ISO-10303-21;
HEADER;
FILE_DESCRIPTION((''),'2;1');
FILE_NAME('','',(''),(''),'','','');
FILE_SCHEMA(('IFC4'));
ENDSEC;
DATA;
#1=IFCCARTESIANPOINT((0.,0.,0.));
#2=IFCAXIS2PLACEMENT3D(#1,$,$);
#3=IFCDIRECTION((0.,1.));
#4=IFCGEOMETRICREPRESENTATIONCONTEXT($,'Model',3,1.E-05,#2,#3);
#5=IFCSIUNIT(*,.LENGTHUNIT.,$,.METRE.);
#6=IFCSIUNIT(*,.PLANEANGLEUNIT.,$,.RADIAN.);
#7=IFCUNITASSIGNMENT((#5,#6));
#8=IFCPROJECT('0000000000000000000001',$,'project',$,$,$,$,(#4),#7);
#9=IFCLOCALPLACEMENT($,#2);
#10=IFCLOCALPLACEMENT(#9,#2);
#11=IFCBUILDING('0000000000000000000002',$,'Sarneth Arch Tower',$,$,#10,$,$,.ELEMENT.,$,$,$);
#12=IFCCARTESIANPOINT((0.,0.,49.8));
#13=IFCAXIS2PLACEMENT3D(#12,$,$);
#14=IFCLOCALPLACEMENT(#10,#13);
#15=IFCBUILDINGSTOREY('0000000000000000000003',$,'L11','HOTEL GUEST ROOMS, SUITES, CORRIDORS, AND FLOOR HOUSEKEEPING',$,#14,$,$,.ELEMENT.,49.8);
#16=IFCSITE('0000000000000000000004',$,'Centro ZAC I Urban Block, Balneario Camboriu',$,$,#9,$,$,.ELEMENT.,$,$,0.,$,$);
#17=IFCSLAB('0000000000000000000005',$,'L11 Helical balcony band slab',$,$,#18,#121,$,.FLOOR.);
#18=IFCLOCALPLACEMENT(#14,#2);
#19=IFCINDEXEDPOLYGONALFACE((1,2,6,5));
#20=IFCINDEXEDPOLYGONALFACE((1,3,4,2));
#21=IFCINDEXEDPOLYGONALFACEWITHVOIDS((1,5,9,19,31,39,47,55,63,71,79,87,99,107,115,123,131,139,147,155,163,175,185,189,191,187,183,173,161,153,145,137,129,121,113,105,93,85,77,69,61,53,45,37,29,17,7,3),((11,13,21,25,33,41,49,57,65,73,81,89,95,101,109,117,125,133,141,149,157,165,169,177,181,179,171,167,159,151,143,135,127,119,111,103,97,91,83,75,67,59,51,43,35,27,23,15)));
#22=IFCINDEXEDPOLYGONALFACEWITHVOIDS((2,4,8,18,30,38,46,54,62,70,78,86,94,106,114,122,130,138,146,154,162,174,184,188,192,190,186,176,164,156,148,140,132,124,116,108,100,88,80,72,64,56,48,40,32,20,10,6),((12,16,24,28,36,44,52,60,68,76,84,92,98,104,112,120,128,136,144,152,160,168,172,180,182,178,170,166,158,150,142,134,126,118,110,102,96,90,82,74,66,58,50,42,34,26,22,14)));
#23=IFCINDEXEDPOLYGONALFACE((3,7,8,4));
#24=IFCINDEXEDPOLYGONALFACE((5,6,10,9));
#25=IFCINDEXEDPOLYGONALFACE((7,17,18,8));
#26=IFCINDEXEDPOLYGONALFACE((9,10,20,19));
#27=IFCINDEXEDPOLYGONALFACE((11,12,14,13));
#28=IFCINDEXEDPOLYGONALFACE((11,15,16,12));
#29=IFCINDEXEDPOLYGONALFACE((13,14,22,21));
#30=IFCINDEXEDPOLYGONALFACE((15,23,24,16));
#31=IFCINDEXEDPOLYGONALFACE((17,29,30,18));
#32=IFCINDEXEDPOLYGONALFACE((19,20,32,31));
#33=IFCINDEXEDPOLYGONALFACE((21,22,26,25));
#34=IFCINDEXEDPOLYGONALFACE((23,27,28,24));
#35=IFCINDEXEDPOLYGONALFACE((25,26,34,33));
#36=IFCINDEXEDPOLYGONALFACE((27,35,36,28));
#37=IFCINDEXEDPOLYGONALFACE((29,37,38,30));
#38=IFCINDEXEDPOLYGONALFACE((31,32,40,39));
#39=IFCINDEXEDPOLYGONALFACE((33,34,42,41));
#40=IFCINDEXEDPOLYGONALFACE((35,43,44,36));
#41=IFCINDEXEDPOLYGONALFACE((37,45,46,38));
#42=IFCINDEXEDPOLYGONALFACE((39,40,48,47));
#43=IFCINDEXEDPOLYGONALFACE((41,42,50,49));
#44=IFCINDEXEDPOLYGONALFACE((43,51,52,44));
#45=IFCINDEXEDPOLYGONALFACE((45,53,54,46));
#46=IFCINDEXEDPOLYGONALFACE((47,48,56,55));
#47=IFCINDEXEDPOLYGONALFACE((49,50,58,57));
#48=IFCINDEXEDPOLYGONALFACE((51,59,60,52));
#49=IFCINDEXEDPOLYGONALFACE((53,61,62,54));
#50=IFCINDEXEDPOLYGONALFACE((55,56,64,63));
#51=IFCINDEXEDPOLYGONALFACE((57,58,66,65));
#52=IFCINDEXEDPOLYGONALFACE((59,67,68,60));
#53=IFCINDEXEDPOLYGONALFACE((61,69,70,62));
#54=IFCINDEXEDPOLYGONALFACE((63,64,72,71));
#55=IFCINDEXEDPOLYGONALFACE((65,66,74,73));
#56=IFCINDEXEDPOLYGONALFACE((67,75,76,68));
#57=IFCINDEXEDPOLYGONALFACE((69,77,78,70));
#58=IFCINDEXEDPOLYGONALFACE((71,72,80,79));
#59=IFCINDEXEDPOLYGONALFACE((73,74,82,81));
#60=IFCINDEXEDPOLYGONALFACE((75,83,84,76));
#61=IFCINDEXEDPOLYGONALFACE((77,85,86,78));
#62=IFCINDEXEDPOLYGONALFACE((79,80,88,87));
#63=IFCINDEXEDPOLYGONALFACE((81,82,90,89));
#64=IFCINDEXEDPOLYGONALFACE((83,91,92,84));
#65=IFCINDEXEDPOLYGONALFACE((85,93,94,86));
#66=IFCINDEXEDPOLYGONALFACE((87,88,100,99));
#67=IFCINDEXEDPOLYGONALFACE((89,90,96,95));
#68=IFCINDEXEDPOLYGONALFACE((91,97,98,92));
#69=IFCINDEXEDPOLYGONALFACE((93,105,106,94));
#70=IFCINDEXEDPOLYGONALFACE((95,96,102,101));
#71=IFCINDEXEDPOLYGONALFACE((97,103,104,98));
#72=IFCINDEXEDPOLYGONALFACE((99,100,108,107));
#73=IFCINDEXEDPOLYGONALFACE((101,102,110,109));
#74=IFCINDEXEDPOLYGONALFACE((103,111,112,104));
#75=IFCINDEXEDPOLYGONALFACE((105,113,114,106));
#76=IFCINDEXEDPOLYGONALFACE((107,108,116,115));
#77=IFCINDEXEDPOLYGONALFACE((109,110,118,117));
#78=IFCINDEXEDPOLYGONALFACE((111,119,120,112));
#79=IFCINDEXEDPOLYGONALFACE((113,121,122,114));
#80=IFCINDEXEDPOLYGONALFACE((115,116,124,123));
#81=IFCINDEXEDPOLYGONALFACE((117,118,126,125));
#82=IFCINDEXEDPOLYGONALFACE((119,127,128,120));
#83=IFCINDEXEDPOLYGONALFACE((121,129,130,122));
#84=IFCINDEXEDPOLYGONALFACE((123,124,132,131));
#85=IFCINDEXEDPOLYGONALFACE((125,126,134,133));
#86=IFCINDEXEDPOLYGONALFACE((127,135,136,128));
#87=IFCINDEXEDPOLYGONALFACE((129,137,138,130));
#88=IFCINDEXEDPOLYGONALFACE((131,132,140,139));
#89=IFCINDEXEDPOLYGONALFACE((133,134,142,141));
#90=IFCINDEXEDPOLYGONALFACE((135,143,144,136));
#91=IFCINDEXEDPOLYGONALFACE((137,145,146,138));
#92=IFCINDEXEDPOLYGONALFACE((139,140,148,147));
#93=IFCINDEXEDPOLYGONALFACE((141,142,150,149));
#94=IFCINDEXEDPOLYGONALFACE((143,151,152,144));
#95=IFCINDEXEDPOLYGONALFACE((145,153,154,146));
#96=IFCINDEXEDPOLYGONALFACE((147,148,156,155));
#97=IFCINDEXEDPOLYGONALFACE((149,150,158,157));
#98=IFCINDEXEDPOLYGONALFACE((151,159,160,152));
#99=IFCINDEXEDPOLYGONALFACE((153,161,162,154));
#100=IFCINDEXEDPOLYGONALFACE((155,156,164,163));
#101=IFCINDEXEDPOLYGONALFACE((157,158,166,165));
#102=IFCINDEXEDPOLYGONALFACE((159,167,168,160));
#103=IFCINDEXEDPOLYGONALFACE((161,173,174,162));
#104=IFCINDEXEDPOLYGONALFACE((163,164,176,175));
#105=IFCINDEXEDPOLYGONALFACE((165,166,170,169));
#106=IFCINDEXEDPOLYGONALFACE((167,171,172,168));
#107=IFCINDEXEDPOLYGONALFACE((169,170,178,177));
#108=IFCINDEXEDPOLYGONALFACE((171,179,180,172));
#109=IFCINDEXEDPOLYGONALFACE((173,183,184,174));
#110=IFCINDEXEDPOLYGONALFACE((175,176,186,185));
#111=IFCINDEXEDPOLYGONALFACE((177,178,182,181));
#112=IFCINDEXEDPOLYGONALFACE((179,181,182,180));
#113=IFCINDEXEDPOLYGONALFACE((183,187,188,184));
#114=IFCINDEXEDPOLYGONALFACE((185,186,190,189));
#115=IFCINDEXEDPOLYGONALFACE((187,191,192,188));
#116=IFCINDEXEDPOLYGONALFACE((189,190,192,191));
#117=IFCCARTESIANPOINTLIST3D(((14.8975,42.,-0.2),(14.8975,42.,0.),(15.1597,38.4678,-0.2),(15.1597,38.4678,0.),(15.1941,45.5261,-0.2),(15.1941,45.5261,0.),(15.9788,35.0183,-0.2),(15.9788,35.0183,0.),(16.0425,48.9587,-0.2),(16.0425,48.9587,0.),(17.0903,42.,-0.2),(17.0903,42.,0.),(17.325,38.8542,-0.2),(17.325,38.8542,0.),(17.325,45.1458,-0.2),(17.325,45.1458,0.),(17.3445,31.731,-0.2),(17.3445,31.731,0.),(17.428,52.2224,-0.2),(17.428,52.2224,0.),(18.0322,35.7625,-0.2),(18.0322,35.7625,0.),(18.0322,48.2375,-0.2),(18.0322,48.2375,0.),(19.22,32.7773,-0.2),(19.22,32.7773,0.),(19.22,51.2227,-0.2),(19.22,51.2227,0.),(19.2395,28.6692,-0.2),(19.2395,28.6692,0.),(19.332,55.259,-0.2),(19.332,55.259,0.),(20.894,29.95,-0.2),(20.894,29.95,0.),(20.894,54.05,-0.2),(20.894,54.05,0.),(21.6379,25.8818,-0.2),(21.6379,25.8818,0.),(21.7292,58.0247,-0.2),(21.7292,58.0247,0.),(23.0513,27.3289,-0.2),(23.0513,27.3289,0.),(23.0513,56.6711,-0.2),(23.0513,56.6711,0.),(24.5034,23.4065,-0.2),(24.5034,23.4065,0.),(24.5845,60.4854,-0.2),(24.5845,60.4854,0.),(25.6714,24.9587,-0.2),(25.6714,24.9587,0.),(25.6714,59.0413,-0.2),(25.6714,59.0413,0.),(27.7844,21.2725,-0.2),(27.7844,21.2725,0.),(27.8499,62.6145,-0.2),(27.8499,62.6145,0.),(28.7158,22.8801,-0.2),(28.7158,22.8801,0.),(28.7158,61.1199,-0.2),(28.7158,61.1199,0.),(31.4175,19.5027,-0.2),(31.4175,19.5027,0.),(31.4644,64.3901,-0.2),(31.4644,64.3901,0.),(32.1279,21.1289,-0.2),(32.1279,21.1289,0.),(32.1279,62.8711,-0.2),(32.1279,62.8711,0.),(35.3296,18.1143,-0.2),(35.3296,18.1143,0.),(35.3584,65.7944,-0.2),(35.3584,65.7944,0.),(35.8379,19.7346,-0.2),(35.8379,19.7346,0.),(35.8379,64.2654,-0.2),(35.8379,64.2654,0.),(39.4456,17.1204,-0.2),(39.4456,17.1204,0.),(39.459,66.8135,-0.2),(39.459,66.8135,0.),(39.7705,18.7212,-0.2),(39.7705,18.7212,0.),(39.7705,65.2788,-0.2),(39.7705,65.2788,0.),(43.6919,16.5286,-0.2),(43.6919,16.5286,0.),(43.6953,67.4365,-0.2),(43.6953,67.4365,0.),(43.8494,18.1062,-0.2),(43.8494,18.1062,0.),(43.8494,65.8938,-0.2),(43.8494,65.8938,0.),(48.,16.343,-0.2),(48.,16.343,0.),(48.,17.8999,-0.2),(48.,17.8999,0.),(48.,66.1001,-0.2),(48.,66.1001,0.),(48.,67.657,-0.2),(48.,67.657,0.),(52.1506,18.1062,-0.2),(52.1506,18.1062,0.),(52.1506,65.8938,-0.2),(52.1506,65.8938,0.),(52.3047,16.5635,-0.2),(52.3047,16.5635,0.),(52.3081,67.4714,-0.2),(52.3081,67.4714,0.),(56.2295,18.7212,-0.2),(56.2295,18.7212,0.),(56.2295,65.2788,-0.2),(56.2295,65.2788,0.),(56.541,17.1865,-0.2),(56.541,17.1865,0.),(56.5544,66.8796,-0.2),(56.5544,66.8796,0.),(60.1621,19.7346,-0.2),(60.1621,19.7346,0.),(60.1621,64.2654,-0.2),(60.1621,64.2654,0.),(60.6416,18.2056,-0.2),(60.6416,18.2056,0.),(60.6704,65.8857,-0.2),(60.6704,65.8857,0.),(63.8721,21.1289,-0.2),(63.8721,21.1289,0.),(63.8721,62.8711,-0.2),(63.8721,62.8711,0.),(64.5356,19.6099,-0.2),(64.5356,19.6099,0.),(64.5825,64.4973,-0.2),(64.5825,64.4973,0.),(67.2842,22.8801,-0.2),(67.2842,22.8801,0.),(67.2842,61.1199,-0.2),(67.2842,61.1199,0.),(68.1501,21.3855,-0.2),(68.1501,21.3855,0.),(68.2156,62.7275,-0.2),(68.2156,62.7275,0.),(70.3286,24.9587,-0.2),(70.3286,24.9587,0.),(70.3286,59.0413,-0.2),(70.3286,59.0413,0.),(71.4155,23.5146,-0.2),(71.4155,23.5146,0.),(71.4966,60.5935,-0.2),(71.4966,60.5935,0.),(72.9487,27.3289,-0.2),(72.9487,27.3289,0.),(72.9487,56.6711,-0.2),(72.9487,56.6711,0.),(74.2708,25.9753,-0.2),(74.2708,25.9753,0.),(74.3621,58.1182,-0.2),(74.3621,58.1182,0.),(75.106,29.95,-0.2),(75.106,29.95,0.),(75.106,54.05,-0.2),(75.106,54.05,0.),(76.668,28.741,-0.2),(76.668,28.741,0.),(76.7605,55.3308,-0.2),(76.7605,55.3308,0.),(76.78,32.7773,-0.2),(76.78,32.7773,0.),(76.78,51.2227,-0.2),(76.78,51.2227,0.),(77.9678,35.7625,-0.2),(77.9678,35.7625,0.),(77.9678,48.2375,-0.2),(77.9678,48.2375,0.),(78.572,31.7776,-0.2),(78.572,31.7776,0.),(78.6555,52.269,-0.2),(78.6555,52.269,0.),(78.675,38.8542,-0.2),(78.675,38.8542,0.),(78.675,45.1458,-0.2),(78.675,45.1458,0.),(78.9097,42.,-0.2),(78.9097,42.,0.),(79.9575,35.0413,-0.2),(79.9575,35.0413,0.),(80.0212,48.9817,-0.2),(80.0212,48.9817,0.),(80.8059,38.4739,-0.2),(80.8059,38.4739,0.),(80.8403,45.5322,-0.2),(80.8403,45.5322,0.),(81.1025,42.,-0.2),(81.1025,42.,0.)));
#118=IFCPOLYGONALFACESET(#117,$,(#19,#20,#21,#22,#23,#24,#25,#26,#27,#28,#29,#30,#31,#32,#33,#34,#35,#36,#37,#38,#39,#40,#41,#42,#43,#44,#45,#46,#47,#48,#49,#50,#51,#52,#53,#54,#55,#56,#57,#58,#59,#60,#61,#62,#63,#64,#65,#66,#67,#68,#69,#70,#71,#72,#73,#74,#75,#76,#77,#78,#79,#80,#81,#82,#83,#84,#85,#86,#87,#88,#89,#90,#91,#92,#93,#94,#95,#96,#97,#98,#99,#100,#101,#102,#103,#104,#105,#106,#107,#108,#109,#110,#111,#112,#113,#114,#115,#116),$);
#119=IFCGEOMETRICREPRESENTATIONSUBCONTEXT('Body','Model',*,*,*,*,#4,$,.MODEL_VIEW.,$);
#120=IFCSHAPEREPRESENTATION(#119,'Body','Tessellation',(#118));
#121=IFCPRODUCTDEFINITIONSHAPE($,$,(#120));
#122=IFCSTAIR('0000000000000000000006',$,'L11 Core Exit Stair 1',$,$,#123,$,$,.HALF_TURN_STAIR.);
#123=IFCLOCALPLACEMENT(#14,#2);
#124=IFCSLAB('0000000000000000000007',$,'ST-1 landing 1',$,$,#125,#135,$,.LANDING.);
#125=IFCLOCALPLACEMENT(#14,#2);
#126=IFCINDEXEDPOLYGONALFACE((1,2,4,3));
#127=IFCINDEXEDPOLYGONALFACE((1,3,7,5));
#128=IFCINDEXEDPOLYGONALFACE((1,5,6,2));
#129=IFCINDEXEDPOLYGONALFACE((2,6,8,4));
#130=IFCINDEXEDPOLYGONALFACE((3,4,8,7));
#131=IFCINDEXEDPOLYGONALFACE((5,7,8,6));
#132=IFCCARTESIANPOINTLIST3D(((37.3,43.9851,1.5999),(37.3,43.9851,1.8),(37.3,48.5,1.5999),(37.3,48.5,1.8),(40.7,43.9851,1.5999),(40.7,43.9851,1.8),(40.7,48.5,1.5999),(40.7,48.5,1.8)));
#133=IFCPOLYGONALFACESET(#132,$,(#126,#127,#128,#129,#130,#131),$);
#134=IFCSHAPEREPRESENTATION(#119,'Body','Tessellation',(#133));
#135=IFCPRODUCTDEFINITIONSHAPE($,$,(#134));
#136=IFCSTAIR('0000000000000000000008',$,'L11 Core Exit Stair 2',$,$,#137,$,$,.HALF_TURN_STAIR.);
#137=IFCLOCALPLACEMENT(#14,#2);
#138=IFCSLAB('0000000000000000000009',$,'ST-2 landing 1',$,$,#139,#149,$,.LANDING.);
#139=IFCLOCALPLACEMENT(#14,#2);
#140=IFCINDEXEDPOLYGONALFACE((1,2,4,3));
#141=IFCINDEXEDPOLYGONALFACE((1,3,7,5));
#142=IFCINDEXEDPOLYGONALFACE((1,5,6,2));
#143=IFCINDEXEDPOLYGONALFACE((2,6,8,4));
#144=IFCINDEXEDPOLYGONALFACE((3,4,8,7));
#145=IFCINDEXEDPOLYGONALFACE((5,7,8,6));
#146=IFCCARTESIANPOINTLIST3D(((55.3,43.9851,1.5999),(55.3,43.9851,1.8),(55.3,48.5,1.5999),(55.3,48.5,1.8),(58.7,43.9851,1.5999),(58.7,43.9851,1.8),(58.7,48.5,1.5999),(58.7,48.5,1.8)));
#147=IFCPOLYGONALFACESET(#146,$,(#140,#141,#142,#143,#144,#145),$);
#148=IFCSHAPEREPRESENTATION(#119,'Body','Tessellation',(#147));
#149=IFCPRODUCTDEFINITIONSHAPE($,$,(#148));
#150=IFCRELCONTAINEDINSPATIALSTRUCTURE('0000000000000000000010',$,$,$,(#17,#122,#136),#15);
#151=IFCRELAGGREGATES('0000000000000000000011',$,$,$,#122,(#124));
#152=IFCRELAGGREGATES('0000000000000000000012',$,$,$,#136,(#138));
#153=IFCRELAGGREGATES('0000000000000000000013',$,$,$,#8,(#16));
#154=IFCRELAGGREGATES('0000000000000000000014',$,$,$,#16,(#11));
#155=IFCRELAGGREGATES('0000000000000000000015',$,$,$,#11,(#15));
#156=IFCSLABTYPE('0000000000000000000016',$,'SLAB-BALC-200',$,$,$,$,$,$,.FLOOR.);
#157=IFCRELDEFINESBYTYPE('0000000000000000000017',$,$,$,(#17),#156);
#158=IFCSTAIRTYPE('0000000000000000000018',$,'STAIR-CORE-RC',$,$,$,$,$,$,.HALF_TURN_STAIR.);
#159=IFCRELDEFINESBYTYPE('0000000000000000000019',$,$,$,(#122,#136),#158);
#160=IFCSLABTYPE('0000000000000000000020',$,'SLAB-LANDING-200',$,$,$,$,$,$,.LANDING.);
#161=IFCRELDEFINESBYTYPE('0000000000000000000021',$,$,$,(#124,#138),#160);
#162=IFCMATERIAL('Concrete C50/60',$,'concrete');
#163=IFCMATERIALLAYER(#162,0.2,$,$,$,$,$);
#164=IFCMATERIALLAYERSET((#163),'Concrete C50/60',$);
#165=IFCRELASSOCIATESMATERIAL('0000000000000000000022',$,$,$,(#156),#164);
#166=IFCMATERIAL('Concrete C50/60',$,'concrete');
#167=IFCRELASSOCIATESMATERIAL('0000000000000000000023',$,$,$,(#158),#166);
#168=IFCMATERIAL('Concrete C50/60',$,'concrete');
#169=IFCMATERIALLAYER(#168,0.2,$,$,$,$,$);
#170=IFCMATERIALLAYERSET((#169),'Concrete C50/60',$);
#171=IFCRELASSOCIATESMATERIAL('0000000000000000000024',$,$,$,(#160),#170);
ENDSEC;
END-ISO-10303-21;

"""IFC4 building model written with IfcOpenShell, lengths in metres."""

from ifc_helpers import new_model, si_unit, direction, frame, origin, place, context, subcontext, project, spatial, polyline, outline, extrude, material, layer, layer_set, type_object, element, aggregate, save


model = new_model("IFC4")

# Units and contexts
model_context = context("Model", 3, precision=1e-05, world=origin(), true_north=direction((0.0, 1.0)))
body_context = subcontext(model_context, "Body", "Model", "MODEL_VIEW")
ifc_project = project(units=[si_unit("LENGTHUNIT", "METRE"), si_unit("PLANEANGLEUNIT", "RADIAN")], contexts=[model_context])

# Site, building, storey
site_placement = place(None, origin())
site = spatial("IfcSite", under=ifc_project, at=site_placement, Name="Centro ZAC I Urban Block, Balneario Camboriu", CompositionType="ELEMENT", RefElevation=0.0)
building_placement = place(site_placement, origin())
building = spatial("IfcBuilding", under=site, at=building_placement, Name="Sarneth Arch Tower", CompositionType="ELEMENT")
storey_placement = place(building_placement, frame((0.0, 0.0, 49.8)))
storey = spatial("IfcBuildingStorey", under=building, at=storey_placement, Name="L11", Description="HOTEL GUEST ROOMS, SUITES, CORRIDORS, AND FLOOR HOUSEKEEPING", CompositionType="ELEMENT", Elevation=49.8)

# Slab
ifc_material_1 = material(Name="Concrete C50/60", Category="concrete")
ifc_layer_1 = layer(ifc_material_1, 0.2)
ifc_layer_set_1 = layer_set([ifc_layer_1], Name="Concrete C50/60")
slab_type_1 = type_object("IfcSlabType", Name="SLAB-BALC-200", PredefinedType="FLOOR", material=ifc_layer_set_1)
slab_1_placement = place(storey_placement, frame((0.0, 0.0, -0.2)))
element("IfcSlab", 1, at=slab_1_placement, inside=storey, type_object=slab_type_1, Name="L11 Helical balcony band slab", PredefinedType="FLOOR", context=body_context, shape_type="SweptSolid", body=[
    extrude(outline(polyline([(81.1025, 42.0), (80.8403, 45.5322), (80.0212, 48.9817), (78.6555, 52.269), (76.7605, 55.3308), (74.3621, 58.1182), (71.4966, 60.5935), (68.2156, 62.7275), (64.5825, 64.4973), (60.6704, 65.8857), (56.5544, 66.8796), (52.3081, 67.4714), (48.0, 67.657), (43.6953, 67.4365), (39.459, 66.8135), (35.3584, 65.7944), (31.4644, 64.3901), (27.8499, 62.6145), (24.5845, 60.4854), (21.7292, 58.0247), (19.332, 55.259), (17.428, 52.2224), (16.0425, 48.9587), (15.1941, 45.5261), (14.8975, 42.0), (15.1597, 38.4678), (15.9788, 35.0183), (17.3445, 31.731), (19.2395, 28.6692), (21.6379, 25.8818), (24.5034, 23.4065), (27.7844, 21.2725), (31.4175, 19.5027), (35.3296, 18.1143), (39.4456, 17.1204), (43.6919, 16.5286), (48.0, 16.343), (52.3047, 16.5635), (56.541, 17.1865), (60.6416, 18.2056), (64.5356, 19.6099), (68.1501, 21.3855), (71.4155, 23.5146), (74.2708, 25.9753), (76.668, 28.741), (78.572, 31.7776), (79.9575, 35.0413), (80.8059, 38.4739), (81.1025, 42.0)]), holes=[polyline([(78.9097, 42.0), (78.675, 45.1458), (77.9678, 48.2375), (76.78, 51.2227), (75.106, 54.05), (72.9487, 56.6711), (70.3286, 59.0413), (67.2842, 61.1199), (63.8721, 62.8711), (60.1621, 64.2654), (56.2295, 65.2788), (52.1506, 65.8938), (48.0, 66.1001), (43.8494, 65.8938), (39.7705, 65.2788), (35.8379, 64.2654), (32.1279, 62.8711), (28.7158, 61.1199), (25.6714, 59.0413), (23.0513, 56.6711), (20.894, 54.05), (19.22, 51.2227), (18.0322, 48.2375), (17.325, 45.1458), (17.0903, 42.0), (17.325, 38.8542), (18.0322, 35.7625), (19.22, 32.7773), (20.894, 29.95), (23.0513, 27.3289), (25.6714, 24.9587), (28.7158, 22.8801), (32.1279, 21.1289), (35.8379, 19.7346), (39.7705, 18.7212), (43.8494, 18.1062), (48.0, 17.8999), (52.1506, 18.1062), (56.2295, 18.7212), (60.1621, 19.7346), (63.8721, 21.1289), (67.2842, 22.8801), (70.3286, 24.9587), (72.9487, 27.3289), (75.106, 29.95), (76.78, 32.7773), (77.9678, 35.7625), (78.675, 38.8542), (78.9097, 42.0)])]), origin(), (0.0, 0.0, 1.0), 0.2),
])

# Stairs, slabs
ifc_material_2 = material(Name="Concrete C50/60", Category="concrete")
stair_type = type_object("IfcStairType", Name="STAIR-CORE-RC", PredefinedType="HALF_TURN_STAIR", material=ifc_material_2)
stair_1_placement = place(storey_placement, origin())
stair_1 = element("IfcStair", 2, at=stair_1_placement, inside=storey, type_object=stair_type, Name="L11 Core Exit Stair 1", PredefinedType="HALF_TURN_STAIR")
ifc_material_3 = material(Name="Concrete C50/60", Category="concrete")
ifc_layer_2 = layer(ifc_material_3, 0.2)
ifc_layer_set_2 = layer_set([ifc_layer_2], Name="Concrete C50/60")
slab_type_2 = type_object("IfcSlabType", Name="SLAB-LANDING-200", PredefinedType="LANDING", material=ifc_layer_set_2)
slab_2_placement = place(storey_placement, frame((0.0, 0.0, 1.5999)))
slab_2 = element("IfcSlab", 3, at=slab_2_placement, type_object=slab_type_2, Name="ST-1 landing 1", PredefinedType="LANDING", context=body_context, shape_type="SweptSolid", body=[
    extrude(outline(polyline([(37.3, 43.9851), (40.7, 43.9851), (40.7, 48.5), (37.3, 48.5), (37.3, 43.9851)])), origin(), (0.0, 0.0, 1.0), 0.2002),
])
aggregate(stair_1, [slab_2])
stair_2_placement = place(storey_placement, origin())
stair_2 = element("IfcStair", 4, at=stair_2_placement, inside=storey, type_object=stair_type, Name="L11 Core Exit Stair 2", PredefinedType="HALF_TURN_STAIR")
slab_3_placement = place(storey_placement, frame((0.0, 0.0, 1.5999)))
slab_3 = element("IfcSlab", 5, at=slab_3_placement, type_object=slab_type_2, Name="ST-2 landing 1", PredefinedType="LANDING", context=body_context, shape_type="SweptSolid", body=[
    extrude(outline(polyline([(55.3, 43.9851), (58.7, 43.9851), (58.7, 48.5), (55.3, 48.5), (55.3, 43.9851)])), origin(), (0.0, 0.0, 1.0), 0.2002),
])
aggregate(stair_2, [slab_3])

save(model, "model.ifc")
